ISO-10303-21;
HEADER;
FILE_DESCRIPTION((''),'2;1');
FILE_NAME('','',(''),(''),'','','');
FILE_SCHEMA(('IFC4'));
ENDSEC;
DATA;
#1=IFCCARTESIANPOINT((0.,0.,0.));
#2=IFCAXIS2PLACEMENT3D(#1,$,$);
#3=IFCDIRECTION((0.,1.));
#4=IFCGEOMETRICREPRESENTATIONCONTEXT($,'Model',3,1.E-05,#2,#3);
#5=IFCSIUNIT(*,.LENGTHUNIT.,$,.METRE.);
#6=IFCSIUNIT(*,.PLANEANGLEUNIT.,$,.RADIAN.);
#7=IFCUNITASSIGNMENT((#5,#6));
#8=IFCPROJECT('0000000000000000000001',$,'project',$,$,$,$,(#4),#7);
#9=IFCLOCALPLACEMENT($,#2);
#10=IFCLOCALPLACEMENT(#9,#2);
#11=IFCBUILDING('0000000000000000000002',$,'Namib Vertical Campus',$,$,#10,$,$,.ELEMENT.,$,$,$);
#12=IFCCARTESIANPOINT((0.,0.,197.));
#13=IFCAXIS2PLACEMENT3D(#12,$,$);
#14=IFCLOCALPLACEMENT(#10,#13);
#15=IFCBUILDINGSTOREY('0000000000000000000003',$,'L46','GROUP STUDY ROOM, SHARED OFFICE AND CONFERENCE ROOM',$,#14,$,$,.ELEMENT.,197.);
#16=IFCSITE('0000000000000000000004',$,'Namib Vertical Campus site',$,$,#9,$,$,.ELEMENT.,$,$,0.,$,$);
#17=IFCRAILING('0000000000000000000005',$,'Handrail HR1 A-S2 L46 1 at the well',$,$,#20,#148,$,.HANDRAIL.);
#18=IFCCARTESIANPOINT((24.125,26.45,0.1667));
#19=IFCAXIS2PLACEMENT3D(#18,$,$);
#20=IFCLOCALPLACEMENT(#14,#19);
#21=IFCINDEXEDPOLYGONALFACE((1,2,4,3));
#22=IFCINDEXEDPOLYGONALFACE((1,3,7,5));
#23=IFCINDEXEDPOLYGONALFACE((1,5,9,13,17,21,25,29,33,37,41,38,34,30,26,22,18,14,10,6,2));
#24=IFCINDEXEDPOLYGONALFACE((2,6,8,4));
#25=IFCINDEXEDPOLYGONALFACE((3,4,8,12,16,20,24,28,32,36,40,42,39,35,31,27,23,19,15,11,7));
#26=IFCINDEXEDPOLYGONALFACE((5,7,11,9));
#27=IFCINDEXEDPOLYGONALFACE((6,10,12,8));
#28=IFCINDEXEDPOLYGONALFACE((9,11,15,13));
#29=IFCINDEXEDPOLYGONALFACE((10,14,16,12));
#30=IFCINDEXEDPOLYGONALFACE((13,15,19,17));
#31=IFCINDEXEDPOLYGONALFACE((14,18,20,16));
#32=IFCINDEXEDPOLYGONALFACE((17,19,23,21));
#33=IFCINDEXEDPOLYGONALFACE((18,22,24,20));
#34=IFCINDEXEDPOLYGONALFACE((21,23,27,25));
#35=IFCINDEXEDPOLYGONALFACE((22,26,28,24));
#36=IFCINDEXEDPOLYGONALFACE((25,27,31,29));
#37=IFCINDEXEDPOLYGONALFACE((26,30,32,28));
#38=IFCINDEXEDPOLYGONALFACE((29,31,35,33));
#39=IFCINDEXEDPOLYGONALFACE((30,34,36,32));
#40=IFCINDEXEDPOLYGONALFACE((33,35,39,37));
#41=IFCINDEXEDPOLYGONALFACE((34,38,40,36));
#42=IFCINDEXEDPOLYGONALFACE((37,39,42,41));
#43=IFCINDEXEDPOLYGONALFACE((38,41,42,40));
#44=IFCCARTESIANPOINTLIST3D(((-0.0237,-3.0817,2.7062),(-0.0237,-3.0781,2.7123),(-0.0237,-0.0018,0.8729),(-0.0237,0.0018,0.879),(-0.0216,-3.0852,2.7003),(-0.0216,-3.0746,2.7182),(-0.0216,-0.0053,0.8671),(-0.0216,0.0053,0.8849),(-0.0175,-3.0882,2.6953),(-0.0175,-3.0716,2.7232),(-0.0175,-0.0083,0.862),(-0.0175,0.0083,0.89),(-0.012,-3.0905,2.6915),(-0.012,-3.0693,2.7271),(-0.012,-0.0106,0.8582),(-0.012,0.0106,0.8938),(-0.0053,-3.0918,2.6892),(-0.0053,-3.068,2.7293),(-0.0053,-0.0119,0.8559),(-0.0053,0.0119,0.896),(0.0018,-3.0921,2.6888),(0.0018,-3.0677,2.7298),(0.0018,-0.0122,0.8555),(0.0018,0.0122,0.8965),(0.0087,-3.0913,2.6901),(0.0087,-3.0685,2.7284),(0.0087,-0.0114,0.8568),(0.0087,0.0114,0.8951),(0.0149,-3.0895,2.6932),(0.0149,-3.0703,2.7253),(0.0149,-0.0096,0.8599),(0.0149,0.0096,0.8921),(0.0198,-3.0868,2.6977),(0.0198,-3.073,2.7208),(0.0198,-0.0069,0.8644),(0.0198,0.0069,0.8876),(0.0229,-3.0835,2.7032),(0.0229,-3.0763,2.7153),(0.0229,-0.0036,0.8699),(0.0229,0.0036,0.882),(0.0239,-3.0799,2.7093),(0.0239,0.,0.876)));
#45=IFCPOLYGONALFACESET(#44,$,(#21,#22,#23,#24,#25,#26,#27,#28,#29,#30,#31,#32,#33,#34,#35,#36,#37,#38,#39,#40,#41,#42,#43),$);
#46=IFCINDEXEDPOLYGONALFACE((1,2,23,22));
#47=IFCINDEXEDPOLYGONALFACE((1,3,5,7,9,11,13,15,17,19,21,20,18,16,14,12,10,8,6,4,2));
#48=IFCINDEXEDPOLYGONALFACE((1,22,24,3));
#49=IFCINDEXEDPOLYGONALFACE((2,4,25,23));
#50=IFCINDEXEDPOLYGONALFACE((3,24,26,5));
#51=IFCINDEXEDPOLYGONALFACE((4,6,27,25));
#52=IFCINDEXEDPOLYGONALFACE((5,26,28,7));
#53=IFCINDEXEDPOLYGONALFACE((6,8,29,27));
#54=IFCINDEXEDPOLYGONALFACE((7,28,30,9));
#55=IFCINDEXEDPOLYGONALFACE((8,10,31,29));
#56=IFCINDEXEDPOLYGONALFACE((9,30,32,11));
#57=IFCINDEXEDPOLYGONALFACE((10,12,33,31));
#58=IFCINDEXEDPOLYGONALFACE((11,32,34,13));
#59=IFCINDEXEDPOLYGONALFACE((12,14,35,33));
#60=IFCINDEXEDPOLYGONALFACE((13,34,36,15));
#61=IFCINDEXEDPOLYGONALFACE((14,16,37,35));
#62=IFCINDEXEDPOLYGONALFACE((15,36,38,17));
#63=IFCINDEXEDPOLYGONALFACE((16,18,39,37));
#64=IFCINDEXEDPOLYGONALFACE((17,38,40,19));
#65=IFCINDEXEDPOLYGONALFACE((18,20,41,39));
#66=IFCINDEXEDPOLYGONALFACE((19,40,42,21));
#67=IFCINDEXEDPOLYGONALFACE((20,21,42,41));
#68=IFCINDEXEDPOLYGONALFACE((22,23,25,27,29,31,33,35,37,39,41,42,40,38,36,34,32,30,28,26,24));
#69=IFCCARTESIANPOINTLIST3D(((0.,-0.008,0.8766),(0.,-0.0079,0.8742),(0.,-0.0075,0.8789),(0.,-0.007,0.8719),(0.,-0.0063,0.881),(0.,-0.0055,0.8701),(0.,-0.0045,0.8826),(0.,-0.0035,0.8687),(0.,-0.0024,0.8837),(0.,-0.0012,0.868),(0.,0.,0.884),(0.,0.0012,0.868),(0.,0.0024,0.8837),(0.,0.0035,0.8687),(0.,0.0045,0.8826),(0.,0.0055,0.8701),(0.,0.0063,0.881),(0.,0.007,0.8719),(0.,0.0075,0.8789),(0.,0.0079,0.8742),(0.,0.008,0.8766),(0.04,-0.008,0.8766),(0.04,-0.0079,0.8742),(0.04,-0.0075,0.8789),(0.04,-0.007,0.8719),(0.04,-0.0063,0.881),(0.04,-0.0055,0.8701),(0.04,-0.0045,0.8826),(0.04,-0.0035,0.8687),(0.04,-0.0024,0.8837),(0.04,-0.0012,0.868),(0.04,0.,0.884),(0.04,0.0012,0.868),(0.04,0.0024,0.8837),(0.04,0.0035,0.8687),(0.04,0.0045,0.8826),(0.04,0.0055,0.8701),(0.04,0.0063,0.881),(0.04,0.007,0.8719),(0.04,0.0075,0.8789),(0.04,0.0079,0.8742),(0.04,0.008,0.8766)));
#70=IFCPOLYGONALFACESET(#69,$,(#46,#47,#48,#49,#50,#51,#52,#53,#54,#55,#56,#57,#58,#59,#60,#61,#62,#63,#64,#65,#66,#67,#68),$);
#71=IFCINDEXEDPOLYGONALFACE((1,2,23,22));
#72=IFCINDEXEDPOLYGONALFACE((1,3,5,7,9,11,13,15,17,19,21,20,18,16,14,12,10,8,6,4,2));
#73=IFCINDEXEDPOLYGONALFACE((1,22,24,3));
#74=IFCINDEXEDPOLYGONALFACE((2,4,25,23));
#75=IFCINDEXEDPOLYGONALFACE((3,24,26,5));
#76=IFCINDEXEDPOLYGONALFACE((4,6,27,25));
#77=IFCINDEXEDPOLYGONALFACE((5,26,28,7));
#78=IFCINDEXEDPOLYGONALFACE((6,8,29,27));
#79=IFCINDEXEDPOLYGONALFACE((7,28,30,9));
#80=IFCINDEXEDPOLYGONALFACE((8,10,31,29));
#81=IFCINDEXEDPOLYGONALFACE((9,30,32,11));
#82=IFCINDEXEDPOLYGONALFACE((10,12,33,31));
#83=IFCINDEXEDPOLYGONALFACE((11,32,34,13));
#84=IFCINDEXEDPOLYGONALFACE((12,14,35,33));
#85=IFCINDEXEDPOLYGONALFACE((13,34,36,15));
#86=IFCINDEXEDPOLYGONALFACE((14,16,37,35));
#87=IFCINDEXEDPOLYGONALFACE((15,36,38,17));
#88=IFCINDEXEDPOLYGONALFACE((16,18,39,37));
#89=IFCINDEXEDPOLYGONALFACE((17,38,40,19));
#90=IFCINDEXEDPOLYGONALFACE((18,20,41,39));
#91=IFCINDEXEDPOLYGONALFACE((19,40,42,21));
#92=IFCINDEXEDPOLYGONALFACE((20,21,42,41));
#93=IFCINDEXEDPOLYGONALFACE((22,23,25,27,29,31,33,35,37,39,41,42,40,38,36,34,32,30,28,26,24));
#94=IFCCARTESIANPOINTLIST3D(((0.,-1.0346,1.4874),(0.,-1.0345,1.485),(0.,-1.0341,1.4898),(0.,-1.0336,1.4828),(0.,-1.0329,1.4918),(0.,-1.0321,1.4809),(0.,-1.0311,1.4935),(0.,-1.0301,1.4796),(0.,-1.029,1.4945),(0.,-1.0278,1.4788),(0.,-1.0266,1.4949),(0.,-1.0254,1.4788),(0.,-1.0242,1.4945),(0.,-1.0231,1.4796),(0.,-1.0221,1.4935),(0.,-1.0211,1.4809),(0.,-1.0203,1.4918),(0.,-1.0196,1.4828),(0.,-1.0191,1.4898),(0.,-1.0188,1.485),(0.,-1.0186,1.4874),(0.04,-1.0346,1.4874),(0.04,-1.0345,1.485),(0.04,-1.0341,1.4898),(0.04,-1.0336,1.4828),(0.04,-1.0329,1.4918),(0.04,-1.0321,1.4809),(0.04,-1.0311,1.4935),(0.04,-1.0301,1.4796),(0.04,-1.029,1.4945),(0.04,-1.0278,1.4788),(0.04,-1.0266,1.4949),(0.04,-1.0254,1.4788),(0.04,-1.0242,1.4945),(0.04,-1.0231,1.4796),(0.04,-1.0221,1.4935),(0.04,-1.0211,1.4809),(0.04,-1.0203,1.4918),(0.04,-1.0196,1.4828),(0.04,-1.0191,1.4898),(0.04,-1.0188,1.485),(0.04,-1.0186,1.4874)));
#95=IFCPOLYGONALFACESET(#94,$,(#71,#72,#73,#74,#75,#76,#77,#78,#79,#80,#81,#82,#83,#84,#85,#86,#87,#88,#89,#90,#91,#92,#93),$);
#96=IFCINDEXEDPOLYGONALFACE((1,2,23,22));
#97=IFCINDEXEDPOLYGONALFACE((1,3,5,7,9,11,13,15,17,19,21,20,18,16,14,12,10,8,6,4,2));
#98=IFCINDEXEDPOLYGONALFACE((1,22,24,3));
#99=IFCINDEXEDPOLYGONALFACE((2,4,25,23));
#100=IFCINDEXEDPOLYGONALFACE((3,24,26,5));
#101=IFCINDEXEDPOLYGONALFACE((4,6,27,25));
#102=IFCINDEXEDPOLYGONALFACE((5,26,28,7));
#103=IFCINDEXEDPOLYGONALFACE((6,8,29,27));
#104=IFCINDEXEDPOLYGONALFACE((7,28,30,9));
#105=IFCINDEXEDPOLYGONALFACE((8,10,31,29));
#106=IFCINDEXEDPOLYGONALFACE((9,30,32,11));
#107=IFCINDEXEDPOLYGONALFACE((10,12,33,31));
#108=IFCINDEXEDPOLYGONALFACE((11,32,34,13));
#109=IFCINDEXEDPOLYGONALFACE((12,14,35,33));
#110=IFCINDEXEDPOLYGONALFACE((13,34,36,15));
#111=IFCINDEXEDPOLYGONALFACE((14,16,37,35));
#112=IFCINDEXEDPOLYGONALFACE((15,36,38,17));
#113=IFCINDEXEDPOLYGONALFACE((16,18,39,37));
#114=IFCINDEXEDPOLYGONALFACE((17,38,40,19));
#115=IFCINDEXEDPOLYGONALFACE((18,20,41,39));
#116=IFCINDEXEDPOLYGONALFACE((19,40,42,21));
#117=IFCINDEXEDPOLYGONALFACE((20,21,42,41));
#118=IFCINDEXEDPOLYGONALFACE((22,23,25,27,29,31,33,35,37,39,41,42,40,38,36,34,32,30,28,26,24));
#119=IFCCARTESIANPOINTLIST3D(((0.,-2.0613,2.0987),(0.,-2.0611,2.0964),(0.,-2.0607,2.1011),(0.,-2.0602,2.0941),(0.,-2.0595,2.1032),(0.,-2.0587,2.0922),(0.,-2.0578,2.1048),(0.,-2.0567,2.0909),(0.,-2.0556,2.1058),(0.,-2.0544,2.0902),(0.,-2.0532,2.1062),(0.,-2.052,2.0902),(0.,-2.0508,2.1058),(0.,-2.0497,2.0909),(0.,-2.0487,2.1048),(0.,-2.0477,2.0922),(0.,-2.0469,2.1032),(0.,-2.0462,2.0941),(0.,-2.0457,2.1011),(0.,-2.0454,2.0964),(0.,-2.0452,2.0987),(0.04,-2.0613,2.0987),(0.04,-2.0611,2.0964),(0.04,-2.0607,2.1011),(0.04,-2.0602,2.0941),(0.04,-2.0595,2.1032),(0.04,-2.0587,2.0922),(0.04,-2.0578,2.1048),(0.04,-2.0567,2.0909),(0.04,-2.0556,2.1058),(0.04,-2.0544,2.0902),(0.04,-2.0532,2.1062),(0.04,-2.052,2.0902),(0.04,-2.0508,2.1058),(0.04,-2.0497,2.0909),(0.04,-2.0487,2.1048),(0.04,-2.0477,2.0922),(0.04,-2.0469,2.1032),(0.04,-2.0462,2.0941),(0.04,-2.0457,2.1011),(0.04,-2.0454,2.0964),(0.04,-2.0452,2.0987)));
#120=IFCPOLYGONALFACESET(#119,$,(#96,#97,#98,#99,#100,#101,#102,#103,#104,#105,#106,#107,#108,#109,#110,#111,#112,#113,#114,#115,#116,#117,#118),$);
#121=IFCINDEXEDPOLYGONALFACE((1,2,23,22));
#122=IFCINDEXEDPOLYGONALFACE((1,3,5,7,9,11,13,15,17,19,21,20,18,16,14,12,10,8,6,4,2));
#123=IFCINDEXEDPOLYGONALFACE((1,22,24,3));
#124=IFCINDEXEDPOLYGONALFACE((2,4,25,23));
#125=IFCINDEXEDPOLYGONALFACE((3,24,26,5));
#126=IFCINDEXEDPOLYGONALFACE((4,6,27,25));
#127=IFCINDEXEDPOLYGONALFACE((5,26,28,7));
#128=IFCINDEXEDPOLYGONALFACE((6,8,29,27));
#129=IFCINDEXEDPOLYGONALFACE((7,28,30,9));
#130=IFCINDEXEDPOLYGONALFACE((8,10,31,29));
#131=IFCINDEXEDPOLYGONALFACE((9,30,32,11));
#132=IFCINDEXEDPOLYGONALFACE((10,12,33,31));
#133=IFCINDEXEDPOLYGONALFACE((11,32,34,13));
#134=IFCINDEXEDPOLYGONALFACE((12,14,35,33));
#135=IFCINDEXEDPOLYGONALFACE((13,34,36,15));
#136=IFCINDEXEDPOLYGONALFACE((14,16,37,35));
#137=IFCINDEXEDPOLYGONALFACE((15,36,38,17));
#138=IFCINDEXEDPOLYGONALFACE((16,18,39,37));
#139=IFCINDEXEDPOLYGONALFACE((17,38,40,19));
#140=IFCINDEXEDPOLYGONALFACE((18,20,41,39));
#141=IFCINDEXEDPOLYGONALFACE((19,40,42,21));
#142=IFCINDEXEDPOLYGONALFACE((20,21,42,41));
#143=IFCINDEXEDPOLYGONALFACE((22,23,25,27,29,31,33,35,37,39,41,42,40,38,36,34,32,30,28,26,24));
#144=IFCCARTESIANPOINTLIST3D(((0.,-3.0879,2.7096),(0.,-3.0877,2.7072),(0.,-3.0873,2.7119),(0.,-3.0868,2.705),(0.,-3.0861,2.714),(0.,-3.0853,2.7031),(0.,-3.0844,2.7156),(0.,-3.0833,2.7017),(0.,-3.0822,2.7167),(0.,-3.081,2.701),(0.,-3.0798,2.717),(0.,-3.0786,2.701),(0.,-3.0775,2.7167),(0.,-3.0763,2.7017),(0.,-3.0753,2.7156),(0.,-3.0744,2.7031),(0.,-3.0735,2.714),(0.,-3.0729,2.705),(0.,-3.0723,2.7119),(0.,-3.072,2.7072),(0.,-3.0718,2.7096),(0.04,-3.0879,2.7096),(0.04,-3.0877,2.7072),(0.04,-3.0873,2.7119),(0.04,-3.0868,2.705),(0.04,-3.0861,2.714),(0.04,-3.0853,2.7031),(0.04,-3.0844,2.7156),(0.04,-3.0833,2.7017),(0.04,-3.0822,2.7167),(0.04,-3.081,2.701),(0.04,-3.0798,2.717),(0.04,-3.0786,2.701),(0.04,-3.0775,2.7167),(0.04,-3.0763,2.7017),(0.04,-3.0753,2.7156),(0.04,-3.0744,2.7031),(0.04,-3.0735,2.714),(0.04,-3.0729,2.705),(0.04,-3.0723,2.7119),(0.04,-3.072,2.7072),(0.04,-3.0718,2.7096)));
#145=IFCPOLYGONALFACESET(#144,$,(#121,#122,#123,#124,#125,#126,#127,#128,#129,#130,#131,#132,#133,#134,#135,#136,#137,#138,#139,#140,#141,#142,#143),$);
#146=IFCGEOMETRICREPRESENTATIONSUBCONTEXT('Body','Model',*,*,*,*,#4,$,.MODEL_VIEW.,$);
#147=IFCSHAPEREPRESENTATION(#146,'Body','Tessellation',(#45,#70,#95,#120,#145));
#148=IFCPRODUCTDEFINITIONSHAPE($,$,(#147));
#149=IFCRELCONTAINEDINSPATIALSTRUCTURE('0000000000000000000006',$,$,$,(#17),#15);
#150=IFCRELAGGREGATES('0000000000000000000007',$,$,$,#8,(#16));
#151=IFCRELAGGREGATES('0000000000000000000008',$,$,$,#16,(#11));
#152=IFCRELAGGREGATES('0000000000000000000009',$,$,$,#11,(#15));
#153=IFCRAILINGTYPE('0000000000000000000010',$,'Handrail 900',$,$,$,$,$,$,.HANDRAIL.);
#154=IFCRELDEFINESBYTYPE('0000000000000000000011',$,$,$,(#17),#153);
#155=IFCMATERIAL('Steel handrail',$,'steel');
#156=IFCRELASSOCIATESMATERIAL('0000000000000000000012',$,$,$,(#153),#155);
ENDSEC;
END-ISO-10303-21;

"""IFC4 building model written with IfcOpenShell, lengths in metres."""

from ifc_helpers import new_model, si_unit, direction, frame, origin, origin_2d, place, context, subcontext, project, spatial, circle, extrude, material, type_object, element, save


model = new_model("IFC4")

# Units and contexts
model_context = context("Model", 3, precision=1e-05, world=origin(), true_north=direction((0.0, 1.0)))
body_context = subcontext(model_context, "Body", "Model", "MODEL_VIEW")
ifc_project = project(units=[si_unit("LENGTHUNIT", "METRE"), si_unit("PLANEANGLEUNIT", "RADIAN")], contexts=[model_context])

# Site, building, storey
site_placement = place(None, origin())
site = spatial("IfcSite", under=ifc_project, at=site_placement, Name="Namib Vertical Campus site", CompositionType="ELEMENT", RefElevation=0.0)
building_placement = place(site_placement, origin())
building = spatial("IfcBuilding", under=site, at=building_placement, Name="Namib Vertical Campus", CompositionType="ELEMENT")
storey_placement = place(building_placement, frame((0.0, 0.0, 197.0)))
storey = spatial("IfcBuildingStorey", under=building, at=storey_placement, Name="L46", Description="GROUP STUDY ROOM, SHARED OFFICE AND CONFERENCE ROOM", CompositionType="ELEMENT", Elevation=197.0)

# Railing
ifc_material_1 = material(Name="Steel handrail", Category="steel")
railing_type_1 = type_object("IfcRailingType", Name="Handrail 900", PredefinedType="HANDRAIL", material=ifc_material_1)
railing_1_placement = place(storey_placement, frame((24.125, 26.45, 0.1667)))
element("IfcRailing", 1, at=railing_1_placement, inside=storey, type_object=railing_type_1, Name="Handrail HR1 A-S2 L46 1 at the well", PredefinedType="HANDRAIL", context=body_context, shape_type="SweptSolid", body=[
    extrude(circle(Radius=0.0239, at=origin_2d()), frame((0.0, 0.0, 0.876), z_axis=(0.0, -0.859291, 0.511487), x_axis=(1.0, 0.0, 0.0)), (0.0, 0.0, 1.0), 3.5842),
    extrude(circle(Radius=0.0081, at=origin_2d()), frame((0.0, 0.0, 0.876), z_axis=(1.0, 0.0, 0.0), x_axis=(0.0, 0.0, 1.0)), (0.0, 0.0, 1.0), 0.04),
    extrude(circle(Radius=0.0081, at=origin_2d()), frame((0.0, -1.0266, 1.4868), z_axis=(1.0, 0.0, 0.0), x_axis=(0.0, 0.0, 1.0)), (0.0, 0.0, 1.0), 0.04),
    extrude(circle(Radius=0.0081, at=origin_2d()), frame((0.0, -2.0532, 2.0981), z_axis=(1.0, 0.0, 0.0), x_axis=(0.0, 0.0, 1.0)), (0.0, 0.0, 1.0), 0.04),
    extrude(circle(Radius=0.0081, at=origin_2d()), frame((0.0, -3.0798, 2.709), z_axis=(1.0, 0.0, 0.0), x_axis=(0.0, 0.0, 1.0)), (0.0, 0.0, 1.0), 0.04),
])

save(model, "model.ifc")
